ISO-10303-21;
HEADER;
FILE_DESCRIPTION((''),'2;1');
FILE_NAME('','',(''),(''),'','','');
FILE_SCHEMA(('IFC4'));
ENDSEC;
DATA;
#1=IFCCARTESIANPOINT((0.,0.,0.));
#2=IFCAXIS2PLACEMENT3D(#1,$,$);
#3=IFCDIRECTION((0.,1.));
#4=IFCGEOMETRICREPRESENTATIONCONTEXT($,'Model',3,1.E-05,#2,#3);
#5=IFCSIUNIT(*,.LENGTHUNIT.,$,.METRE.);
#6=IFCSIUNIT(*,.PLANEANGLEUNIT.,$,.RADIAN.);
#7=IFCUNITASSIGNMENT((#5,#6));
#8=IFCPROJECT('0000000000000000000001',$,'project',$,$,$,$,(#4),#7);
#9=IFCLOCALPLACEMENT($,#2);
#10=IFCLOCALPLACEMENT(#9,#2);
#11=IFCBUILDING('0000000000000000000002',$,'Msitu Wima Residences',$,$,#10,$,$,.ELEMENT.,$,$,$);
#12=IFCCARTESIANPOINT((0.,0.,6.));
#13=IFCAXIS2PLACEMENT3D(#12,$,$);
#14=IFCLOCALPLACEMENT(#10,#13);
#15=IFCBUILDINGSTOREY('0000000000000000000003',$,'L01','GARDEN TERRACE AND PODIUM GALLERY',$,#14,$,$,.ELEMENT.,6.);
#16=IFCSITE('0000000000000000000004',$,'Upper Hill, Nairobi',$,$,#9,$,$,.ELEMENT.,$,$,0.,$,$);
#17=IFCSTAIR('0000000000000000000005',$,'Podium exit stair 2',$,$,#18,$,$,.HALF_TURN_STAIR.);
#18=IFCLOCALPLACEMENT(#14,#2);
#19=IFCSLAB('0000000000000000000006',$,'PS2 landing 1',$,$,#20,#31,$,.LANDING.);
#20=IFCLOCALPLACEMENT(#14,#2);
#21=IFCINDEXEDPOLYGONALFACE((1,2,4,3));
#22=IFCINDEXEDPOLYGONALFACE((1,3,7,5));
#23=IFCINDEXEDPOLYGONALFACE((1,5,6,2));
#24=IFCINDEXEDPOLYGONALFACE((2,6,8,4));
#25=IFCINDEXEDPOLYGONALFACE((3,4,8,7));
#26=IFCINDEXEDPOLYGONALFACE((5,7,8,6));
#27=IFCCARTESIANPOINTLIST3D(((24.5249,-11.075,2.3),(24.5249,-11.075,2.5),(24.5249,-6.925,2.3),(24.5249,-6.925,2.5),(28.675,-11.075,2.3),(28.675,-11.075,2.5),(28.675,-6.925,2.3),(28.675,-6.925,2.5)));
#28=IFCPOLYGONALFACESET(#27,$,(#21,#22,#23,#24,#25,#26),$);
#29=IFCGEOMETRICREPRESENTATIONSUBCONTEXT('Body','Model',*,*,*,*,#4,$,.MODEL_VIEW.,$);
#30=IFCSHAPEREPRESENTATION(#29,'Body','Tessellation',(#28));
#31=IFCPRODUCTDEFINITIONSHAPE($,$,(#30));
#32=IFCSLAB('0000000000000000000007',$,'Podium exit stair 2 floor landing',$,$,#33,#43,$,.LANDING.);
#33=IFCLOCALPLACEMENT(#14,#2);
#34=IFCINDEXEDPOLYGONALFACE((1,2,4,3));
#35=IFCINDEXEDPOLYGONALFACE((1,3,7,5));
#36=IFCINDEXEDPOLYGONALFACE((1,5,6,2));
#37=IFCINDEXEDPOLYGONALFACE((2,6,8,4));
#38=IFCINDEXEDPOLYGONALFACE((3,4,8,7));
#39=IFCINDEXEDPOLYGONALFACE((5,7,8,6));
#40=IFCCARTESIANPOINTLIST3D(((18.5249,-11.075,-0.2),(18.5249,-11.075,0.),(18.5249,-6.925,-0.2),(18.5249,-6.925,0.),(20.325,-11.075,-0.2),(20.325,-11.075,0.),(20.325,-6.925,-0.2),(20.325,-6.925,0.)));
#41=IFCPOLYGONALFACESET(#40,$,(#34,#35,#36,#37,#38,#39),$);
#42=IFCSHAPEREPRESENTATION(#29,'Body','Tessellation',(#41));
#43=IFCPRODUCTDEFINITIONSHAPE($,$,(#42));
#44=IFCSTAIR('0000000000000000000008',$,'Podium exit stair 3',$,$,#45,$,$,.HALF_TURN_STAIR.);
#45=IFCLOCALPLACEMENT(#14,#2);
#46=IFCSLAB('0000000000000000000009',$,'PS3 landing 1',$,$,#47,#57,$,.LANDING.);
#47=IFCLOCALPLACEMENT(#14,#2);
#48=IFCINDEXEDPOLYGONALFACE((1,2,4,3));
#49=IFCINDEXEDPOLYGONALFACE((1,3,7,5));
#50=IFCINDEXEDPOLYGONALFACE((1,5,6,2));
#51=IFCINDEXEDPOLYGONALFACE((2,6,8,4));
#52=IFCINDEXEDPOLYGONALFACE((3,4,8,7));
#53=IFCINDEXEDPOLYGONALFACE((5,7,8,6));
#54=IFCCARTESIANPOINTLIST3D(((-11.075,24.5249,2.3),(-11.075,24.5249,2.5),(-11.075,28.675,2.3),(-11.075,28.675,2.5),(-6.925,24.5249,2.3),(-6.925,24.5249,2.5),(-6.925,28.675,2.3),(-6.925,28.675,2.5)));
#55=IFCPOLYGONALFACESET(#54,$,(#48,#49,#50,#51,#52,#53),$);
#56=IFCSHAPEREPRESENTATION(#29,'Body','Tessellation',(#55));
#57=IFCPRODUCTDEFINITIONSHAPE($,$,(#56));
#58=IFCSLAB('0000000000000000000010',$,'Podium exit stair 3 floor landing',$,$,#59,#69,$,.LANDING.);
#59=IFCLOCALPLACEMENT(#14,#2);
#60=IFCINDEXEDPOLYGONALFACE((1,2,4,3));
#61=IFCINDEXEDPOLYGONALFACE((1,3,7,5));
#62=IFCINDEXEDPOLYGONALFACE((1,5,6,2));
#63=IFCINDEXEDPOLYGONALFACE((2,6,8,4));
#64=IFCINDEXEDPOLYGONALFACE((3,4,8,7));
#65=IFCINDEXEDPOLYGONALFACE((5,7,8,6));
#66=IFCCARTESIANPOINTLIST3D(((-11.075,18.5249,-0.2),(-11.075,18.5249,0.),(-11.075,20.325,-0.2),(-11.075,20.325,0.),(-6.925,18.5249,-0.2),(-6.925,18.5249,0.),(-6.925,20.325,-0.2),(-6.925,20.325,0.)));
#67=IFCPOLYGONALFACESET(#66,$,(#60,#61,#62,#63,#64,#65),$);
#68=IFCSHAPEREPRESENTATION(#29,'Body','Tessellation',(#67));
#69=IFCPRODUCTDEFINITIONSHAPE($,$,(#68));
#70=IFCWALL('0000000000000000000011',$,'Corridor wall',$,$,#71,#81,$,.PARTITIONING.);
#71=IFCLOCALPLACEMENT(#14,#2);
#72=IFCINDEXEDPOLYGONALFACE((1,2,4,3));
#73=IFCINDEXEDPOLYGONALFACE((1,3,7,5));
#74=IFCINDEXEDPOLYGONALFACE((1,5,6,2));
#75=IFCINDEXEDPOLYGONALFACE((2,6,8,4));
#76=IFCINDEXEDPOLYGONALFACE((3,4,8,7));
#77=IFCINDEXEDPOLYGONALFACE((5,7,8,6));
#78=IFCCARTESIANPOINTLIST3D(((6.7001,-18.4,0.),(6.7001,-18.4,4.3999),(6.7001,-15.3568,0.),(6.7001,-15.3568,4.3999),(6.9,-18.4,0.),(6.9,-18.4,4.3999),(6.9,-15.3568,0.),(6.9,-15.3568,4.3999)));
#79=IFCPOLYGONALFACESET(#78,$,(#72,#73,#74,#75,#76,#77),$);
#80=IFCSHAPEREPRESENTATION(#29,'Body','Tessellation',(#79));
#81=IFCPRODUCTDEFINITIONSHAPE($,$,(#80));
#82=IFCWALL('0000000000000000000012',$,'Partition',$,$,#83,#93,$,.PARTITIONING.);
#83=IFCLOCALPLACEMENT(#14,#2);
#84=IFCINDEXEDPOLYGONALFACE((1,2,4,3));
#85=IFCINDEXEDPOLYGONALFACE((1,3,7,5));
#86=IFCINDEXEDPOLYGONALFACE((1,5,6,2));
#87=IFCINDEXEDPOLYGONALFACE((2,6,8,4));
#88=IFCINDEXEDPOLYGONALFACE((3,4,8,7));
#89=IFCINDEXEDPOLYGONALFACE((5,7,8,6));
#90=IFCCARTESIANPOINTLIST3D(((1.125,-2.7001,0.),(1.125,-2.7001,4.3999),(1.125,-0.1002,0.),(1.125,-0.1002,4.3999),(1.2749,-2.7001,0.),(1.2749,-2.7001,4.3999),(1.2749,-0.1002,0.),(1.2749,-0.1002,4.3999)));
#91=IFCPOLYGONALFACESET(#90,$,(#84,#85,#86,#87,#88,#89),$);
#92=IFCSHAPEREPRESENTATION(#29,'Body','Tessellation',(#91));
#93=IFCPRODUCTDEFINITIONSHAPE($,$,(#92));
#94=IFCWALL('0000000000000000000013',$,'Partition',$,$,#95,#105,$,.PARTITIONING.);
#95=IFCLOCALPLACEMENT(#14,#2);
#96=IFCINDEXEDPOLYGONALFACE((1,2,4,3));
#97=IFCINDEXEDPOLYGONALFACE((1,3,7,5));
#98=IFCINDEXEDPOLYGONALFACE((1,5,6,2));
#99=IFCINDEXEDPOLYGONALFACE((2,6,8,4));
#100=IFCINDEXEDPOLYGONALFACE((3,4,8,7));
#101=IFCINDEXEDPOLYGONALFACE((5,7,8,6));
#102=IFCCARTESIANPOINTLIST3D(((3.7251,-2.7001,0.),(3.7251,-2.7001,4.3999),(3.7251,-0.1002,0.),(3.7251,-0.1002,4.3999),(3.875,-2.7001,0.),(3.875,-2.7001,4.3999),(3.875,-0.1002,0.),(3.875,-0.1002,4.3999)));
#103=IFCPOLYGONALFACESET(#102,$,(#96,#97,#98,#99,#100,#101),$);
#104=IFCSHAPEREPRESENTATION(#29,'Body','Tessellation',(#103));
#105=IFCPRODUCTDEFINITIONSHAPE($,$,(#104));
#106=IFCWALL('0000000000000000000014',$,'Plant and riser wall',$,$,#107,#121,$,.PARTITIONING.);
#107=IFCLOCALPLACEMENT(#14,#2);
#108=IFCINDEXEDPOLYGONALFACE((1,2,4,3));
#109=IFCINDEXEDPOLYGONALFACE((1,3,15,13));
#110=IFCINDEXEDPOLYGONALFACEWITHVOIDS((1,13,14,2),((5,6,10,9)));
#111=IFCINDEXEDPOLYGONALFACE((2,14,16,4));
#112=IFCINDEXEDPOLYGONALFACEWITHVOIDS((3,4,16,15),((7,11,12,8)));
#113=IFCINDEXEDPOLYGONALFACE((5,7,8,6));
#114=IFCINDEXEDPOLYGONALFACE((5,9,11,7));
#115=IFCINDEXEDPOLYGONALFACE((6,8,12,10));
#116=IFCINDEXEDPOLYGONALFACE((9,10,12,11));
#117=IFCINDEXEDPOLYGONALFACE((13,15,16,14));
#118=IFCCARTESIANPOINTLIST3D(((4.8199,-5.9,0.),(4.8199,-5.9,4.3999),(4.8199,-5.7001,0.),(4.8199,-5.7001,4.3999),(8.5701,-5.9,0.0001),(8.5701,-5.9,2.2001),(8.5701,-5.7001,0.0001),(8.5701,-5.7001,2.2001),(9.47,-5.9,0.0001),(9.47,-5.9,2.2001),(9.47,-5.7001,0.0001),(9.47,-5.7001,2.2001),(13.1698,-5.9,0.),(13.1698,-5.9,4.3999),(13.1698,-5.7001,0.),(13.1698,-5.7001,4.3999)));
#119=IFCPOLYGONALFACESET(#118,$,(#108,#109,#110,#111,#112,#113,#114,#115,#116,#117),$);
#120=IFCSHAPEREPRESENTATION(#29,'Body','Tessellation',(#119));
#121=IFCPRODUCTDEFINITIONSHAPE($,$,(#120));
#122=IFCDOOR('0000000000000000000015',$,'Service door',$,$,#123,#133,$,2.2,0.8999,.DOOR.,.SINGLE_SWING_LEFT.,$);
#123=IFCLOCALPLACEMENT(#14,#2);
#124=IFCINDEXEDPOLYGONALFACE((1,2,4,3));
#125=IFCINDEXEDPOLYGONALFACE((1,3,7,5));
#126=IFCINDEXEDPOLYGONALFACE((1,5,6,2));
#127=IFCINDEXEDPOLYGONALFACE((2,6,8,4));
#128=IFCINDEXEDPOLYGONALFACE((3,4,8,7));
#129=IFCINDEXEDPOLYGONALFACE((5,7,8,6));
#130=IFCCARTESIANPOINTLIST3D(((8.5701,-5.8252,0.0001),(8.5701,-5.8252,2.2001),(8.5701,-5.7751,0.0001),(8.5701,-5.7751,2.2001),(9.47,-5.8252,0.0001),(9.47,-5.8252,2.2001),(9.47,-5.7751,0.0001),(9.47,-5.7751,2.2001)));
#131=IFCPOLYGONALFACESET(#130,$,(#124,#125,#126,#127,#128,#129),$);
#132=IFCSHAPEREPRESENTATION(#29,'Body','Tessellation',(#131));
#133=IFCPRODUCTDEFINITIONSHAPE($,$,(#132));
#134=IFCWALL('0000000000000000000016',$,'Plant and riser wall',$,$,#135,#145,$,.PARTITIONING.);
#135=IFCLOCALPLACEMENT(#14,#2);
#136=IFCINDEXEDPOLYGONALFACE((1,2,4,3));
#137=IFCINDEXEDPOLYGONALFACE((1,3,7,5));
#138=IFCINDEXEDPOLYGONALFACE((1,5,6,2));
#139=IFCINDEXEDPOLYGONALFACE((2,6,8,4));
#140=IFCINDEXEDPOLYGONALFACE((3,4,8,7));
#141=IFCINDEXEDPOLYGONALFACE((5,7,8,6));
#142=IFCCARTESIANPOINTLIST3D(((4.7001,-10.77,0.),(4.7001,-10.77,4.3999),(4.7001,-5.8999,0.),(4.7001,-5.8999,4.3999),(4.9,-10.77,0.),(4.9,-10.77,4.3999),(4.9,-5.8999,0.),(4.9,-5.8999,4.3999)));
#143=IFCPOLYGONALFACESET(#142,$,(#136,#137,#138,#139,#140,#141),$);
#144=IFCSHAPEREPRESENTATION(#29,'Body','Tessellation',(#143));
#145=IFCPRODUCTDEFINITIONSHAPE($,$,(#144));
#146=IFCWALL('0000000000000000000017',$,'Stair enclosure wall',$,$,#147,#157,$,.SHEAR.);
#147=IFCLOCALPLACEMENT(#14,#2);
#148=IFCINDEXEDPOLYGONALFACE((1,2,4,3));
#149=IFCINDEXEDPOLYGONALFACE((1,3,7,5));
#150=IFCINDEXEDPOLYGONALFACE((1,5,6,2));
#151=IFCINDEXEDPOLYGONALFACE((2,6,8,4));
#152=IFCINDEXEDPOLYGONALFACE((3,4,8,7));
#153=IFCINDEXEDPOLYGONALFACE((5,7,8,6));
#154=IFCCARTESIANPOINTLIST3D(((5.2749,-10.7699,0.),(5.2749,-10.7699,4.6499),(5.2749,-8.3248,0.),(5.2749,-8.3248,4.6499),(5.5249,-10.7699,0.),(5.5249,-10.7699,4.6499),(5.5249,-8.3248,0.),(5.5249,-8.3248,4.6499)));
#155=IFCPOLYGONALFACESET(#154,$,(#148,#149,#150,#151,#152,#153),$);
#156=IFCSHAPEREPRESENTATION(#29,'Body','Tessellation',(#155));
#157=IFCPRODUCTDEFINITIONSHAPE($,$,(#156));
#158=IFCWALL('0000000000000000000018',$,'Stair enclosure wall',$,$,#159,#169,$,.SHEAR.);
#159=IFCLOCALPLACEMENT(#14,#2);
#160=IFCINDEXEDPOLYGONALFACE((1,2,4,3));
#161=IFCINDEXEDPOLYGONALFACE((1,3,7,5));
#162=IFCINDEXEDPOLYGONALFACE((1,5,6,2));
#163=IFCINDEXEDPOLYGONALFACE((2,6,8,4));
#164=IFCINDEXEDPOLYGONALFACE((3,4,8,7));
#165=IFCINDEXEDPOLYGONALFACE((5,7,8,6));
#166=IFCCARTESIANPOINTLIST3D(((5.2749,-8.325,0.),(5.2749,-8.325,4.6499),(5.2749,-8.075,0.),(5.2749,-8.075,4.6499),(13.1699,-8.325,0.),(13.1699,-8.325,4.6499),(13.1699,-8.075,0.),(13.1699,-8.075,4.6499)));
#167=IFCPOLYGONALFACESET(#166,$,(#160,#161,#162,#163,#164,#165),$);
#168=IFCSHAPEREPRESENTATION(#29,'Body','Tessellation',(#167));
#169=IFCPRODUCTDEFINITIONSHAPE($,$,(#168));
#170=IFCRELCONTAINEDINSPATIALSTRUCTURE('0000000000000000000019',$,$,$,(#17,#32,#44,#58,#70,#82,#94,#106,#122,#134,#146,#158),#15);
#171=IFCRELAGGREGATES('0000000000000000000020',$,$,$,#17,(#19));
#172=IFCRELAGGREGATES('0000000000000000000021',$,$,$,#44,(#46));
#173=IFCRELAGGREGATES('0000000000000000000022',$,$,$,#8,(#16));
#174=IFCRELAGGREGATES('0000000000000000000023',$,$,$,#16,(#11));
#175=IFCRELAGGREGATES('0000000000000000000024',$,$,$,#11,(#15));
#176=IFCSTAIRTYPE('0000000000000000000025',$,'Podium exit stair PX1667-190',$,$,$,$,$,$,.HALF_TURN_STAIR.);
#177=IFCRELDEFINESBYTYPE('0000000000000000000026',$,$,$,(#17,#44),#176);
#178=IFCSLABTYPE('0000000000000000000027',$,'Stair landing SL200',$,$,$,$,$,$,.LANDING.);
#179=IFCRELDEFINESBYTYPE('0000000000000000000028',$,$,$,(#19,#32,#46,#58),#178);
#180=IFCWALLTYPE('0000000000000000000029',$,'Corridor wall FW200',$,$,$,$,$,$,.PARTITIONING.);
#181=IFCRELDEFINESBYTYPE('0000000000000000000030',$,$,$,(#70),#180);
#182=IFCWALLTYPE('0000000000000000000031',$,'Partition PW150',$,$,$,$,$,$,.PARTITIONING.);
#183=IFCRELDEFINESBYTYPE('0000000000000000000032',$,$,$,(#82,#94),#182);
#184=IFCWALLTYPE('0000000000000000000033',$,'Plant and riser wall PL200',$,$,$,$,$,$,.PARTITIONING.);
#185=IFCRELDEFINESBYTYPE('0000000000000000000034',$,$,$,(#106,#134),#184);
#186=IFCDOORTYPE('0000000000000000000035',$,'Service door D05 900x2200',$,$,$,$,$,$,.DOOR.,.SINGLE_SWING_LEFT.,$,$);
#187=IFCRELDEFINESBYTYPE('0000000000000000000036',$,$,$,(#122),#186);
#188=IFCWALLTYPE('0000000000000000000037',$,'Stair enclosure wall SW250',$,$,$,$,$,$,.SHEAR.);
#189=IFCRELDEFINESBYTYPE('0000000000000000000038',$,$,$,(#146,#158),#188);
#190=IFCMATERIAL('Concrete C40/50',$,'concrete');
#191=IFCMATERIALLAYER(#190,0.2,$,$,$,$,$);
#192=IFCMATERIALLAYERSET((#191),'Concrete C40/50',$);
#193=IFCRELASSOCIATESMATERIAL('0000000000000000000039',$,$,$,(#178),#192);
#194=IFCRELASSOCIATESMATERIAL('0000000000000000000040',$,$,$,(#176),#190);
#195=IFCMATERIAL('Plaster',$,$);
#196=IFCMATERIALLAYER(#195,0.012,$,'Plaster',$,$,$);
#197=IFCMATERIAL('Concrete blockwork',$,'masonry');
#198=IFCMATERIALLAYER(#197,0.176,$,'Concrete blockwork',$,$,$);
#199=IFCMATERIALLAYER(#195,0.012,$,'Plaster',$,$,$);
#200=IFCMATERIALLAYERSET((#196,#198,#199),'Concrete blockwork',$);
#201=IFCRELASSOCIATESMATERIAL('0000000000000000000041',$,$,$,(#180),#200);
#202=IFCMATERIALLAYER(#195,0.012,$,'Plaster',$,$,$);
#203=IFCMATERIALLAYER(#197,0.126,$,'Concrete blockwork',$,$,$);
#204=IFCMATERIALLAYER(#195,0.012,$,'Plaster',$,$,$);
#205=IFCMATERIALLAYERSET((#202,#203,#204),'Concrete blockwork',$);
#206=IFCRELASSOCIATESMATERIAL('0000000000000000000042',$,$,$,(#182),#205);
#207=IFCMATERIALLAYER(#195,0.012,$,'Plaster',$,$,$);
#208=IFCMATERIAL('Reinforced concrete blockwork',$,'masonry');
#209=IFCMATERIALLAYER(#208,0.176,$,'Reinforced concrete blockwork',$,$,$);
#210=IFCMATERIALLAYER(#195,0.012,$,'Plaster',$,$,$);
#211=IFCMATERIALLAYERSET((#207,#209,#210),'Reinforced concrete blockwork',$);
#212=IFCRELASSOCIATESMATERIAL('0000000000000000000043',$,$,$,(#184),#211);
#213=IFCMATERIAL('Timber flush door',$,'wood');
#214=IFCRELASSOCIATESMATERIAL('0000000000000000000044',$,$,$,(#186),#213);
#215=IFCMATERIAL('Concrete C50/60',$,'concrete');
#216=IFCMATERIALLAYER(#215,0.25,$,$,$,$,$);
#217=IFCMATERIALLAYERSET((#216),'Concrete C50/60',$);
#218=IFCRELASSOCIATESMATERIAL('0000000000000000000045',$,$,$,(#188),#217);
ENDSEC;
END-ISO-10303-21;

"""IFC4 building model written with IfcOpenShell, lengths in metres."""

from ifc_helpers import new_model, si_unit, direction, frame, frame_2d, origin, place, context, subcontext, project, spatial, polyline, rectangle, outline, extrude, material, layer, layer_set, type_object, element, fill, aggregate, save


model = new_model("IFC4")

# Units and contexts
model_context = context("Model", 3, precision=1e-05, world=origin(), true_north=direction((0.0, 1.0)))
body_context = subcontext(model_context, "Body", "Model", "MODEL_VIEW")
ifc_project = project(units=[si_unit("LENGTHUNIT", "METRE"), si_unit("PLANEANGLEUNIT", "RADIAN")], contexts=[model_context])

# Site, building, storey
site_placement = place(None, origin())
site = spatial("IfcSite", under=ifc_project, at=site_placement, Name="Upper Hill, Nairobi", CompositionType="ELEMENT", RefElevation=0.0)
building_placement = place(site_placement, origin())
building = spatial("IfcBuilding", under=site, at=building_placement, Name="Msitu Wima Residences", CompositionType="ELEMENT")
storey_placement = place(building_placement, frame((0.0, 0.0, 6.0)))
storey = spatial("IfcBuildingStorey", under=building, at=storey_placement, Name="L01", Description="GARDEN TERRACE AND PODIUM GALLERY", CompositionType="ELEMENT", Elevation=6.0)

# Shared definitions
ifc_material_1 = material(Name="Concrete C40/50", Category="concrete")

# Shared definitions
ifc_layer_1 = layer(ifc_material_1, 0.2)
ifc_layer_set_1 = layer_set([ifc_layer_1], Name="Concrete C40/50")
slab_type_1 = type_object("IfcSlabType", Name="Stair landing SL200", PredefinedType="LANDING", material=ifc_layer_set_1)
stair_type_1 = type_object("IfcStairType", Name="Podium exit stair PX1667-190", PredefinedType="HALF_TURN_STAIR", material=ifc_material_1)

# Stair, slab
stair_1_placement = place(storey_placement, origin())
stair_1 = element("IfcStair", 1, at=stair_1_placement, inside=storey, type_object=stair_type_1, Name="Podium exit stair 2", PredefinedType="HALF_TURN_STAIR")
slab_1_placement = place(storey_placement, frame((0.0, 0.0, 2.3)))
slab_1 = element("IfcSlab", 2, at=slab_1_placement, type_object=slab_type_1, Name="PS2 landing 1", PredefinedType="LANDING", context=body_context, shape_type="SweptSolid", body=[
    extrude(outline(polyline([(24.5249, -6.925), (28.675, -6.925), (28.675, -11.075), (24.5249, -11.075), (24.5249, -6.925)])), origin(), (0.0, 0.0, 1.0), 0.2),
])
aggregate(stair_1, [slab_1])

# Slab
slab_2_placement = place(storey_placement, frame((0.0, 0.0, -0.2)))
element("IfcSlab", 3, at=slab_2_placement, inside=storey, type_object=slab_type_1, Name="Podium exit stair 2 floor landing", PredefinedType="LANDING", context=body_context, shape_type="SweptSolid", body=[
    extrude(outline(polyline([(18.5249, -6.925), (20.325, -6.925), (20.325, -11.075), (18.5249, -11.075), (18.5249, -6.925)])), origin(), (0.0, 0.0, 1.0), 0.2),
])

# Stair, slab
stair_2_placement = place(storey_placement, origin())
stair_2 = element("IfcStair", 4, at=stair_2_placement, inside=storey, type_object=stair_type_1, Name="Podium exit stair 3", PredefinedType="HALF_TURN_STAIR")
slab_3_placement = place(storey_placement, frame((0.0, 0.0, 2.3)))
slab_3 = element("IfcSlab", 5, at=slab_3_placement, type_object=slab_type_1, Name="PS3 landing 1", PredefinedType="LANDING", context=body_context, shape_type="SweptSolid", body=[
    extrude(outline(polyline([(-6.925, 24.5249), (-6.925, 28.675), (-11.075, 28.675), (-11.075, 24.5249), (-6.925, 24.5249)])), origin(), (0.0, 0.0, 1.0), 0.2),
])
aggregate(stair_2, [slab_3])

# Slab
slab_4_placement = place(storey_placement, frame((0.0, 0.0, -0.2)))
element("IfcSlab", 6, at=slab_4_placement, inside=storey, type_object=slab_type_1, Name="Podium exit stair 3 floor landing", PredefinedType="LANDING", context=body_context, shape_type="SweptSolid", body=[
    extrude(outline(polyline([(-6.925, 18.5249), (-6.925, 20.325), (-11.075, 20.325), (-11.075, 18.5249), (-6.925, 18.5249)])), origin(), (0.0, 0.0, 1.0), 0.2),
])

# Walls
ifc_material_2 = material(Name="Plaster")
ifc_layer_2 = layer(ifc_material_2, 0.012, Name="Plaster")
ifc_material_3 = material(Name="Concrete blockwork", Category="masonry")
ifc_layer_3 = layer(ifc_material_3, 0.176, Name="Concrete blockwork")
ifc_layer_4 = layer(ifc_material_2, 0.012, Name="Plaster")
ifc_layer_set_2 = layer_set([ifc_layer_2, ifc_layer_3, ifc_layer_4], Name="Concrete blockwork")
wall_type_1 = type_object("IfcWallType", Name="Corridor wall FW200", PredefinedType="PARTITIONING", material=ifc_layer_set_2)
wall_1_placement = place(storey_placement, frame((6.8, -18.3999, 0.0), z_axis=(0.0, 0.0, 1.0), x_axis=(0.0, 1.0, 0.0)))
element("IfcWall", 7, at=wall_1_placement, inside=storey, type_object=wall_type_1, Name="Corridor wall", PredefinedType="PARTITIONING", context=body_context, shape_type="SweptSolid", body=[
    extrude(rectangle(XDim=3.0432, YDim=0.2, at=frame_2d((1.5215, 0.0))), origin(), (0.0, 0.0, 1.0), 4.3999),
])
ifc_layer_5 = layer(ifc_material_2, 0.012, Name="Plaster")
ifc_layer_6 = layer(ifc_material_3, 0.126, Name="Concrete blockwork")
ifc_layer_7 = layer(ifc_material_2, 0.012, Name="Plaster")
ifc_layer_set_3 = layer_set([ifc_layer_5, ifc_layer_6, ifc_layer_7], Name="Concrete blockwork")
wall_type_2 = type_object("IfcWallType", Name="Partition PW150", PredefinedType="PARTITIONING", material=ifc_layer_set_3)
for number, where, z_axis, x_axis, name in (
    (8, (1.2, -2.7, 0.0), (0.0, 0.0, 1.0), (0.0, 1.0, 0.0), "Partition"),
    (9, (3.8, -2.7, 0.0), (0.0, 0.0, 1.0), (0.0, 1.0, 0.0), "Partition"),
):
    element("IfcWall", number, at=place(storey_placement, frame(where, z_axis=z_axis, x_axis=x_axis)), inside=storey, type_object=wall_type_2, Name=name, PredefinedType="PARTITIONING", context=body_context, shape_type="SweptSolid", body=[
        extrude(rectangle(XDim=2.5999, YDim=0.1499, at=frame_2d((1.2998, 0.0))), origin(), (0.0, 0.0, 1.0), 4.3999),
    ])

# Wall, opening, door
ifc_layer_8 = layer(ifc_material_2, 0.012, Name="Plaster")
ifc_material_4 = material(Name="Reinforced concrete blockwork", Category="masonry")
ifc_layer_9 = layer(ifc_material_4, 0.176, Name="Reinforced concrete blockwork")
ifc_layer_10 = layer(ifc_material_2, 0.012, Name="Plaster")
ifc_layer_set_4 = layer_set([ifc_layer_8, ifc_layer_9, ifc_layer_10], Name="Reinforced concrete blockwork")
wall_type_3 = type_object("IfcWallType", Name="Plant and riser wall PL200", PredefinedType="PARTITIONING", material=ifc_layer_set_4)
wall_2_placement = place(storey_placement, frame((4.8201, -5.8, 0.0), z_axis=(0.0, 0.0, 1.0), x_axis=(1.0, 0.0, 0.0)))
wall_2 = element("IfcWall", 10, at=wall_2_placement, inside=storey, type_object=wall_type_3, Name="Plant and riser wall", PredefinedType="PARTITIONING", context=body_context, shape_type="SweptSolid", body=[
    extrude(rectangle(XDim=8.3499, YDim=0.2, at=frame_2d((4.1748, 0.0))), origin(), (0.0, 0.0, 1.0), 4.3999),
])
opening_1_placement = place(wall_2_placement, frame((3.75, 0.0, 0.0)))
opening_1 = element("IfcOpeningElement", 11, at=opening_1_placement, cuts=wall_2, PredefinedType="OPENING", context=body_context, shape_type="SweptSolid", body=[
    extrude(rectangle(XDim=0.8999, YDim=2.2, at=frame_2d((0.45, 1.1001))), frame((0.0, 0.1099, 0.0), z_axis=(0.0, -1.0, 0.0), x_axis=(1.0, 0.0, 0.0)), (0.0, 0.0, 1.0), 0.22),
])
ifc_material_5 = material(Name="Timber flush door", Category="wood")
door_type_1 = type_object("IfcDoorType", Name="Service door D05 900x2200", OperationType="SINGLE_SWING_LEFT", PredefinedType="DOOR", material=ifc_material_5)
door_1_placement = place(opening_1_placement, origin())
door_1 = element("IfcDoor", 12, at=door_1_placement, inside=storey, type_object=door_type_1, Name="Service door", OperationType="SINGLE_SWING_LEFT", OverallHeight=2.2, OverallWidth=0.8999, PredefinedType="DOOR", context=body_context, shape_type="SweptSolid", body=[
    extrude(rectangle(XDim=0.8999, YDim=2.2, at=frame_2d((0.45, 1.1001))), frame((0.0, 0.0249, 0.0), z_axis=(0.0, -1.0, 0.0), x_axis=(1.0, 0.0, 0.0)), (0.0, 0.0, 1.0), 0.05),
])
fill(opening_1, door_1)

# Walls
wall_3_placement = place(storey_placement, frame((4.8, -10.77, 0.0), z_axis=(0.0, 0.0, 1.0), x_axis=(0.0, 1.0, 0.0)))
element("IfcWall", 13, at=wall_3_placement, inside=storey, type_object=wall_type_3, Name="Plant and riser wall", PredefinedType="PARTITIONING", context=body_context, shape_type="SweptSolid", body=[
    extrude(rectangle(XDim=4.8701, YDim=0.2, at=frame_2d((2.4351, 0.0))), origin(), (0.0, 0.0, 1.0), 4.3999),
])
ifc_material_6 = material(Name="Concrete C50/60", Category="concrete")
ifc_layer_11 = layer(ifc_material_6, 0.25)
ifc_layer_set_5 = layer_set([ifc_layer_11], Name="Concrete C50/60")
wall_type_4 = type_object("IfcWallType", Name="Stair enclosure wall SW250", PredefinedType="SHEAR", material=ifc_layer_set_5)
wall_4_placement = place(storey_placement, frame((5.3999, -10.77, 0.0), z_axis=(0.0, 0.0, 1.0), x_axis=(0.0, 1.0, 0.0)))
element("IfcWall", 14, at=wall_4_placement, inside=storey, type_object=wall_type_4, Name="Stair enclosure wall", PredefinedType="SHEAR", context=body_context, shape_type="SweptSolid", body=[
    extrude(rectangle(XDim=2.4451, YDim=0.25, at=frame_2d((1.2227, 0.0))), origin(), (0.0, 0.0, 1.0), 4.6499),
])
wall_5_placement = place(storey_placement, frame((5.2749, -8.2, 0.0), z_axis=(0.0, 0.0, 1.0), x_axis=(1.0, 0.0, 0.0)))
element("IfcWall", 15, at=wall_5_placement, inside=storey, type_object=wall_type_4, Name="Stair enclosure wall", PredefinedType="SHEAR", context=body_context, shape_type="SweptSolid", body=[
    extrude(rectangle(XDim=7.895, YDim=0.25, at=frame_2d((3.9475, 0.0))), origin(), (0.0, 0.0, 1.0), 4.6499),
])

save(model, "model.ifc")
